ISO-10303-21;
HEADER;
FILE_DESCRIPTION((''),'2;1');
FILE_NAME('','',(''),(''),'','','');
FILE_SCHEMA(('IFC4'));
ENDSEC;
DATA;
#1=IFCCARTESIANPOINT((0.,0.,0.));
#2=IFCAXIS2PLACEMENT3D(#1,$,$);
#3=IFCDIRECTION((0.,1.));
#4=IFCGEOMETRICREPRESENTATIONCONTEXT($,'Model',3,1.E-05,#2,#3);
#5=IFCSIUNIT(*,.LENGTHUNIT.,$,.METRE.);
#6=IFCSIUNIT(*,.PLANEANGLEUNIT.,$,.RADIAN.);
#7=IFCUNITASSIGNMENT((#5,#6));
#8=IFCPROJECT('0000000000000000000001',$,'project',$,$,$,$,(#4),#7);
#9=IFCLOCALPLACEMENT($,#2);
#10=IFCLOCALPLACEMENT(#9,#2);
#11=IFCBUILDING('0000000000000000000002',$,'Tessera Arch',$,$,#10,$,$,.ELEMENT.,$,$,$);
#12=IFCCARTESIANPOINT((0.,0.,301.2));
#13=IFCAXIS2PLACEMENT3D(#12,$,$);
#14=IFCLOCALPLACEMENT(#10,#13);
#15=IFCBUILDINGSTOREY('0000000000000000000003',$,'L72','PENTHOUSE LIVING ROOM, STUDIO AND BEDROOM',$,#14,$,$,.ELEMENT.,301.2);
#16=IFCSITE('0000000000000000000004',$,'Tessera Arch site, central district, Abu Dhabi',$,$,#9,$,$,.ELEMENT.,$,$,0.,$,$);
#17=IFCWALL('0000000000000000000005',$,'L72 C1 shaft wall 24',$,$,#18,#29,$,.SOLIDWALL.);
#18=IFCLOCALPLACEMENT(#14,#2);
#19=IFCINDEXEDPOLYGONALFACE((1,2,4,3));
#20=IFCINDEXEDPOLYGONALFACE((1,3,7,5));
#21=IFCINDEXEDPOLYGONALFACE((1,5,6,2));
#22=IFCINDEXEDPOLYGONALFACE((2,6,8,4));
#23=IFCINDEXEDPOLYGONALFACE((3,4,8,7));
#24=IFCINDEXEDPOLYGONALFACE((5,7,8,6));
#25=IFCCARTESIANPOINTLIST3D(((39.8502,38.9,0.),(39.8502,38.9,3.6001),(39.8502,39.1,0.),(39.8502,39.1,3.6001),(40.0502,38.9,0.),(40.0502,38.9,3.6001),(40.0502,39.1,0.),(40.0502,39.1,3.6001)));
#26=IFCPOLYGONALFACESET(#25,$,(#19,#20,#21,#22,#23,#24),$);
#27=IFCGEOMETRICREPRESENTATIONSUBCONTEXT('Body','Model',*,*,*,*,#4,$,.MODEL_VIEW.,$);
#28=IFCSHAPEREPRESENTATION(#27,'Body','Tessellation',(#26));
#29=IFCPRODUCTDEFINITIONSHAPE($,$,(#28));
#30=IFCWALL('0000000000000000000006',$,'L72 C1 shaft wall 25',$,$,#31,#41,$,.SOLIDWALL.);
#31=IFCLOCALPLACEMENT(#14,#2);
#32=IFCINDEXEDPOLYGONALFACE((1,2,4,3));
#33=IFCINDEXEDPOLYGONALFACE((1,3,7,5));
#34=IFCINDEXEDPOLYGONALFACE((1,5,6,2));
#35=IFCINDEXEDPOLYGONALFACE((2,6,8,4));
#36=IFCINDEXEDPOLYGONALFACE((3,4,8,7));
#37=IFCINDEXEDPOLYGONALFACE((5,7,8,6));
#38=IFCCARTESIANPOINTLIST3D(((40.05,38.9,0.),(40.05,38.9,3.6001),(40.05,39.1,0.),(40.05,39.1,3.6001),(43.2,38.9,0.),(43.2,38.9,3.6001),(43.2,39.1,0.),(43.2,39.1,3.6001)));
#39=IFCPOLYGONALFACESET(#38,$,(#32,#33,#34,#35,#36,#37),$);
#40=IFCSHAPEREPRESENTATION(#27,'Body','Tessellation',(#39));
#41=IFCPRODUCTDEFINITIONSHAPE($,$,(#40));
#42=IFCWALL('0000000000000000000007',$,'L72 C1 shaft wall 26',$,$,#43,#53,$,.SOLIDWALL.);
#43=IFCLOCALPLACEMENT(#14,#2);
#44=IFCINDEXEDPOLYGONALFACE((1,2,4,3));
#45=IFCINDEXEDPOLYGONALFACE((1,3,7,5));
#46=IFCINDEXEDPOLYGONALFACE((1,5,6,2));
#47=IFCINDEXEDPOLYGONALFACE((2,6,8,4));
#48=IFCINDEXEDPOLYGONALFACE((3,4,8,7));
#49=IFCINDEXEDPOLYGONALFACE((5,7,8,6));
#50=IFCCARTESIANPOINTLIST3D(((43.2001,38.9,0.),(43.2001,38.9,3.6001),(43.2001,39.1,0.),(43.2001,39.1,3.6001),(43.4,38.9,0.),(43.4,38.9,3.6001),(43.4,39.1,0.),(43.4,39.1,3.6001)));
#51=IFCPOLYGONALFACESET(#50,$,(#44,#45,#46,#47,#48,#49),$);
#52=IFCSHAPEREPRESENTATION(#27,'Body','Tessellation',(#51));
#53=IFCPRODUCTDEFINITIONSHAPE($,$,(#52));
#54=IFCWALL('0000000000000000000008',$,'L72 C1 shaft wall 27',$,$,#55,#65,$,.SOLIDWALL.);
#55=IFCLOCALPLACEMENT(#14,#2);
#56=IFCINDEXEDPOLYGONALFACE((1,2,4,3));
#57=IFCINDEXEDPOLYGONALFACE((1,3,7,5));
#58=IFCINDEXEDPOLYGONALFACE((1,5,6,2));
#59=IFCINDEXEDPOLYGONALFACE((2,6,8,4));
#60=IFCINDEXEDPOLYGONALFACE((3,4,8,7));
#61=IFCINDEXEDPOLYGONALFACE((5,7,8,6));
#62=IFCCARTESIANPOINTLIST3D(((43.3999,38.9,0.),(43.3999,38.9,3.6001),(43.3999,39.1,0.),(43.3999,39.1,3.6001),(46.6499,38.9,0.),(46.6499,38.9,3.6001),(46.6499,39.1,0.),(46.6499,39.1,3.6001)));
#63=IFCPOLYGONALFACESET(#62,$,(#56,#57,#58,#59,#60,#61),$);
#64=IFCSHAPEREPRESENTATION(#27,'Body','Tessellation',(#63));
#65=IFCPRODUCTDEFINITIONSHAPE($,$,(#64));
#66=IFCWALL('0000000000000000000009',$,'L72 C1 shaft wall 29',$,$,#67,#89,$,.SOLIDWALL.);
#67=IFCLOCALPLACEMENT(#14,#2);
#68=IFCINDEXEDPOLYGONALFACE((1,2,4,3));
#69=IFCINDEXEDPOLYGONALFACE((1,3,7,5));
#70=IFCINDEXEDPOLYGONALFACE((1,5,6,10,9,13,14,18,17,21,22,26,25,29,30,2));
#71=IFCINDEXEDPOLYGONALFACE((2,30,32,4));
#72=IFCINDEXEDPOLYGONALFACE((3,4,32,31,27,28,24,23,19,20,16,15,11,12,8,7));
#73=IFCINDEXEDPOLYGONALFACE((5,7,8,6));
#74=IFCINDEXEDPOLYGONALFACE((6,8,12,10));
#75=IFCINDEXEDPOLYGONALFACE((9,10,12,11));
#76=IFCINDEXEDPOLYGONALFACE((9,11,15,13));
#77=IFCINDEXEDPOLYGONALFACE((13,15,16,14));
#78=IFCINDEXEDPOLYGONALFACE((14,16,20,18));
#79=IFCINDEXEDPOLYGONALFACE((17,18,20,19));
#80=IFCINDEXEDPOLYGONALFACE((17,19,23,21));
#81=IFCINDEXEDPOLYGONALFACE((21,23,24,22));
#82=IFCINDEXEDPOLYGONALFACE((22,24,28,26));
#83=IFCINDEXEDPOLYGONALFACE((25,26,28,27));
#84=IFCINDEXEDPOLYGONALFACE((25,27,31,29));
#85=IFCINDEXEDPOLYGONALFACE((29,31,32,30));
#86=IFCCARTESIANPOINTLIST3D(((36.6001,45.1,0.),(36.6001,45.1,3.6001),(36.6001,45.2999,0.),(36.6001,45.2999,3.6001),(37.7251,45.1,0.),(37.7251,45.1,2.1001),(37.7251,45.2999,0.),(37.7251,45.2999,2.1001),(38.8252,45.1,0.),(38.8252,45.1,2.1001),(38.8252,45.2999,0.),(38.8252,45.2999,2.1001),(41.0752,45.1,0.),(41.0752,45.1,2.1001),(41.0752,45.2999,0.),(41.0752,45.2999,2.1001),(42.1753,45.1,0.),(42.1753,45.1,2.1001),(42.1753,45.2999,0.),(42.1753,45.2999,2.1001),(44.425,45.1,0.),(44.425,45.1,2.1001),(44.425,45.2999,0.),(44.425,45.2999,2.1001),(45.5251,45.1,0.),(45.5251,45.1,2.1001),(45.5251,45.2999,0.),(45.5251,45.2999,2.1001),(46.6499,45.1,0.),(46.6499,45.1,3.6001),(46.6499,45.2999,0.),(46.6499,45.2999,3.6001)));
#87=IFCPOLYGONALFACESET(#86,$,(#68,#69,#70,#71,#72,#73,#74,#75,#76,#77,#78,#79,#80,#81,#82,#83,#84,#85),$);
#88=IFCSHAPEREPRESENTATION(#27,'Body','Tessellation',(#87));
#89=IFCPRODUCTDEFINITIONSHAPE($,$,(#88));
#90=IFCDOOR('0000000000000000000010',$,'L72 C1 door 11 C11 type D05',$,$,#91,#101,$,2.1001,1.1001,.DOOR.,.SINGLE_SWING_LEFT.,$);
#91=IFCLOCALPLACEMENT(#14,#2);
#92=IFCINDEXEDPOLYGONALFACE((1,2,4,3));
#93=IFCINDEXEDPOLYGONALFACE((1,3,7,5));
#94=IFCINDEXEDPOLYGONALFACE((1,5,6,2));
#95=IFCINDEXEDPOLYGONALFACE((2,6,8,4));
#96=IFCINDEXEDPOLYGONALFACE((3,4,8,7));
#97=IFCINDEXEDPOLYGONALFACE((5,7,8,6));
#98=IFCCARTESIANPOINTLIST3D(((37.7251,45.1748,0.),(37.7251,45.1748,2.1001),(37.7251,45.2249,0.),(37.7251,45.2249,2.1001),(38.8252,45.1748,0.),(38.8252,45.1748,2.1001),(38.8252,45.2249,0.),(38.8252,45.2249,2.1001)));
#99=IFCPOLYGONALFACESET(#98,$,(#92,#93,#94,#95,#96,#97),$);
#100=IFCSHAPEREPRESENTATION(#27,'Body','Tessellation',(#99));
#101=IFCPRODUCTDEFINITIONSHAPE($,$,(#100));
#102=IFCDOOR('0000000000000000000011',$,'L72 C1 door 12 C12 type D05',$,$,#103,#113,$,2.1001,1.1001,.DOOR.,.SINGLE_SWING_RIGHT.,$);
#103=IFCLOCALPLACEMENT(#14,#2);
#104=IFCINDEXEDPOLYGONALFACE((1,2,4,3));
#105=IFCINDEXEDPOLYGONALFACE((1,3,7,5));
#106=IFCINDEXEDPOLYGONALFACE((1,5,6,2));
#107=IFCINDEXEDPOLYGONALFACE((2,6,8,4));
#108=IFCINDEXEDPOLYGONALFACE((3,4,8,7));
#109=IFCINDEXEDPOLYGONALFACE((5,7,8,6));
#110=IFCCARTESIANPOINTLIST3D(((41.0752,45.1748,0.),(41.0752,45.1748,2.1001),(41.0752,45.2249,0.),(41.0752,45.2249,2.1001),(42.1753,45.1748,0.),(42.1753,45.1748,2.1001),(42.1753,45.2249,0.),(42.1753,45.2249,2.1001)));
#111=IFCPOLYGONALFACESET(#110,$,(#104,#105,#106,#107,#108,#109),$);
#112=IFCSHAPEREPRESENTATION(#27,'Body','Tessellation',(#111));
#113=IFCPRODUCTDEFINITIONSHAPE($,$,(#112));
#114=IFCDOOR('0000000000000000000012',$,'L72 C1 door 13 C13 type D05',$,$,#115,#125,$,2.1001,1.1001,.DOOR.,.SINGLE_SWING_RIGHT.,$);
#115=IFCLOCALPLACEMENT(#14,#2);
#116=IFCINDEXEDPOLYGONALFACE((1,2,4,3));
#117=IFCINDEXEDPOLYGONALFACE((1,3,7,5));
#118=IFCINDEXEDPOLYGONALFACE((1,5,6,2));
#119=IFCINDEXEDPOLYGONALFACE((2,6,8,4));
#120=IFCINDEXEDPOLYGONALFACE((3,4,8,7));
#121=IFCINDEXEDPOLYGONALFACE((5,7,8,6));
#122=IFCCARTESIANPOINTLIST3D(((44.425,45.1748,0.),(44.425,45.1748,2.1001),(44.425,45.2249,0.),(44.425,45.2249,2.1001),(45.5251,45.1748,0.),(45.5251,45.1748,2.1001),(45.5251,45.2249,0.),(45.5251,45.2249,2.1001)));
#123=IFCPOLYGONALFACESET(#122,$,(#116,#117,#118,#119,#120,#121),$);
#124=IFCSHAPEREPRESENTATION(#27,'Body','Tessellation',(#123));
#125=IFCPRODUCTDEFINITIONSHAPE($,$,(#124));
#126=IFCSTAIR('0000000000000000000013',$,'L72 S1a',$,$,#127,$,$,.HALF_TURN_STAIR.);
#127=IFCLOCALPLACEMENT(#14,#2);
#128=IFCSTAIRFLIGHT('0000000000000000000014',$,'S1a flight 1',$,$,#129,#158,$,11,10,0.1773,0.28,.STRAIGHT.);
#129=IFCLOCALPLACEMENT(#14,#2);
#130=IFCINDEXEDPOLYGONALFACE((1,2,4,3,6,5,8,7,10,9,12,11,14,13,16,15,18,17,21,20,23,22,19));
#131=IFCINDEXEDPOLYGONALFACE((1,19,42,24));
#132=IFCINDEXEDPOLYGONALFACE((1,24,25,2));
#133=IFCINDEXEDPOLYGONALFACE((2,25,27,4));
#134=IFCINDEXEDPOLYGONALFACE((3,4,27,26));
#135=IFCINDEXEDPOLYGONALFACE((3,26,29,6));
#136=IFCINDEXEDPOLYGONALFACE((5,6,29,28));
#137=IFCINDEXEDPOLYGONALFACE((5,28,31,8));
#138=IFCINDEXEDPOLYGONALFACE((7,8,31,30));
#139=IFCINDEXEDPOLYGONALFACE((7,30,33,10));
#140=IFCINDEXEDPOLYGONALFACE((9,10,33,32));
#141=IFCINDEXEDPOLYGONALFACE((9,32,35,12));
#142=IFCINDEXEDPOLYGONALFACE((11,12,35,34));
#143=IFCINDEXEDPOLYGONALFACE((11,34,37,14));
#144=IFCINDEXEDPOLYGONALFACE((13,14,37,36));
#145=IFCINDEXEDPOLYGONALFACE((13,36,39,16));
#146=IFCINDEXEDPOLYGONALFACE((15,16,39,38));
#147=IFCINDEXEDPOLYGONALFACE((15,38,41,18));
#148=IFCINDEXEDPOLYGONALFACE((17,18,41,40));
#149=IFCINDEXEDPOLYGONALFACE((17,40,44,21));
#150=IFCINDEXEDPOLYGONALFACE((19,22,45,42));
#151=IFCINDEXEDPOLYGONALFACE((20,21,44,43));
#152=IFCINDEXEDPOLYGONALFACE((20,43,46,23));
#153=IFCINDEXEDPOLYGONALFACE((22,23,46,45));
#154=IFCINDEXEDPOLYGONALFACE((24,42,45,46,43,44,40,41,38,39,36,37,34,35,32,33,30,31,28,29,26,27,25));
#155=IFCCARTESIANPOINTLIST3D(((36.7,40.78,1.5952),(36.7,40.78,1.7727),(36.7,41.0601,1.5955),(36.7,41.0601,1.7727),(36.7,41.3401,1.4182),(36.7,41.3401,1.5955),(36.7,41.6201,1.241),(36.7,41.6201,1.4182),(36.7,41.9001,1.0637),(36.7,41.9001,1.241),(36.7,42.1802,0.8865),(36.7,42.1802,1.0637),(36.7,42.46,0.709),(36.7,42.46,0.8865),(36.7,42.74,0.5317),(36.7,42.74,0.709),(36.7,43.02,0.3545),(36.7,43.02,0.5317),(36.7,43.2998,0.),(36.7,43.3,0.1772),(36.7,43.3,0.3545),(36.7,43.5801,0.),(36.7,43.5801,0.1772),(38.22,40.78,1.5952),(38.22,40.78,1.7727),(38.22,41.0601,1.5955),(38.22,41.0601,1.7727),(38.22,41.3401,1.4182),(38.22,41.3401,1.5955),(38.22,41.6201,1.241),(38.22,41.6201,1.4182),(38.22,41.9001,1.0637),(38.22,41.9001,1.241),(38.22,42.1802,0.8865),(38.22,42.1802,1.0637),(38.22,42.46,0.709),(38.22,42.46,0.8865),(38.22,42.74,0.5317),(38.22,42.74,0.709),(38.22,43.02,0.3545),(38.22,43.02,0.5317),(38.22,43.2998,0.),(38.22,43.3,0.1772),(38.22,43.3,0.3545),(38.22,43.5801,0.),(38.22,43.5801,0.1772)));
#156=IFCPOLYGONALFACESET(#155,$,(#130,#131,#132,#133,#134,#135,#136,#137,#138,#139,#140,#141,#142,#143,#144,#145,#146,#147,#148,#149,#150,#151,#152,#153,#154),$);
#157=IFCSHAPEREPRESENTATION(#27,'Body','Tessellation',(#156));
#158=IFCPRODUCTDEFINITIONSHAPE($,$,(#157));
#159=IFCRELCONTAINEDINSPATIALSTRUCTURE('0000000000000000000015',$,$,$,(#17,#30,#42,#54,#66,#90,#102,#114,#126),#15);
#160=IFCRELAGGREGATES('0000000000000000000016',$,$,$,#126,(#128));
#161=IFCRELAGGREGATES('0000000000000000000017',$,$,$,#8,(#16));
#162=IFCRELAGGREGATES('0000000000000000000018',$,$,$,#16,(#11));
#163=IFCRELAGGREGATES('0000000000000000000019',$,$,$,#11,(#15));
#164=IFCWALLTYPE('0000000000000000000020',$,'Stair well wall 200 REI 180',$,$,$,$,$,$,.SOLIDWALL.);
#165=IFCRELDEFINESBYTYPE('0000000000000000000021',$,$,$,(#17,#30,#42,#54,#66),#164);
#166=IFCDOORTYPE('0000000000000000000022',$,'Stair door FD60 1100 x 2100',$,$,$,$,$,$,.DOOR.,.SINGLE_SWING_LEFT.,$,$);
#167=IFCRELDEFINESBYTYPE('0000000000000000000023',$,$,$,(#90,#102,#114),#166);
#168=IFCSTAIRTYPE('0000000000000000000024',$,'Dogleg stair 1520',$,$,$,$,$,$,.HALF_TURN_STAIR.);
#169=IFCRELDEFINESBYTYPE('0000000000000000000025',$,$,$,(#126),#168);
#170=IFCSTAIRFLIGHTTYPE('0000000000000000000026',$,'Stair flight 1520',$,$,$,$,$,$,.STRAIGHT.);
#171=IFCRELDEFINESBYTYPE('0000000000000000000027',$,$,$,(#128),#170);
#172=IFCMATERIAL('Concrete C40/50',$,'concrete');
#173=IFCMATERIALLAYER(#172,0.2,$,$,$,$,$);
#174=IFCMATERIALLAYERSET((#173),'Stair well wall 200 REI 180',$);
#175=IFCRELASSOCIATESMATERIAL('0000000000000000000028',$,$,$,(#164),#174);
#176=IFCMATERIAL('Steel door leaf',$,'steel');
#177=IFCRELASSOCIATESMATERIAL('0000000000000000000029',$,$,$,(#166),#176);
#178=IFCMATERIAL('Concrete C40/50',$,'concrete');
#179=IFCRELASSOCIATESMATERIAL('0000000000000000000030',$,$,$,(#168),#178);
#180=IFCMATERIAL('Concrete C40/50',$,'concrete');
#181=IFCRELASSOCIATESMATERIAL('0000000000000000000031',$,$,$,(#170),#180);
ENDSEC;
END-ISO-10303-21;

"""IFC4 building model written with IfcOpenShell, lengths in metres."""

from ifc_helpers import new_model, si_unit, direction, frame, frame_2d, origin, place, context, subcontext, project, spatial, polyline, rectangle, outline, extrude, material, layer, layer_set, type_object, element, fill, aggregate, save


model = new_model("IFC4")

# Units and contexts
model_context = context("Model", 3, precision=1e-05, world=origin(), true_north=direction((0.0, 1.0)))
body_context = subcontext(model_context, "Body", "Model", "MODEL_VIEW")
ifc_project = project(units=[si_unit("LENGTHUNIT", "METRE"), si_unit("PLANEANGLEUNIT", "RADIAN")], contexts=[model_context])

# Site, building, storey
site_placement = place(None, origin())
site = spatial("IfcSite", under=ifc_project, at=site_placement, Name="Tessera Arch site, central district, Abu Dhabi", CompositionType="ELEMENT", RefElevation=0.0)
building_placement = place(site_placement, origin())
building = spatial("IfcBuilding", under=site, at=building_placement, Name="Tessera Arch", CompositionType="ELEMENT")
storey_placement = place(building_placement, frame((0.0, 0.0, 301.2)))
storey = spatial("IfcBuildingStorey", under=building, at=storey_placement, Name="L72", Description="PENTHOUSE LIVING ROOM, STUDIO AND BEDROOM", CompositionType="ELEMENT", Elevation=301.2)

# Walls
ifc_material_1 = material(Name="Concrete C40/50", Category="concrete")
ifc_layer_1 = layer(ifc_material_1, 0.2)
ifc_layer_set_1 = layer_set([ifc_layer_1], Name="Stair well wall 200 REI 180")
wall_type_1 = type_object("IfcWallType", Name="Stair well wall 200 REI 180", PredefinedType="SOLIDWALL", material=ifc_layer_set_1)
wall_1_placement = place(storey_placement, frame((39.8501, 39.0, 0.0), z_axis=(0.0, 0.0, 1.0), x_axis=(1.0, 0.0, 0.0)))
element("IfcWall", 1, at=wall_1_placement, inside=storey, type_object=wall_type_1, Name="L72 C1 shaft wall 24", PredefinedType="SOLIDWALL", context=body_context, shape_type="SweptSolid", body=[
    extrude(rectangle(XDim=0.2, YDim=0.2, at=frame_2d((0.1001, 0.0))), origin(), (0.0, 0.0, 1.0), 3.6001),
])
wall_2_placement = place(storey_placement, frame((40.05, 39.0, 0.0), z_axis=(0.0, 0.0, 1.0), x_axis=(1.0, 0.0, 0.0)))
element("IfcWall", 2, at=wall_2_placement, inside=storey, type_object=wall_type_1, Name="L72 C1 shaft wall 25", PredefinedType="SOLIDWALL", context=body_context, shape_type="SweptSolid", body=[
    extrude(rectangle(XDim=3.1499, YDim=0.2, at=frame_2d((1.575, 0.0))), origin(), (0.0, 0.0, 1.0), 3.6001),
])
wall_3_placement = place(storey_placement, frame((43.2, 39.0, 0.0), z_axis=(0.0, 0.0, 1.0), x_axis=(1.0, 0.0, 0.0)))
element("IfcWall", 3, at=wall_3_placement, inside=storey, type_object=wall_type_1, Name="L72 C1 shaft wall 26", PredefinedType="SOLIDWALL", context=body_context, shape_type="SweptSolid", body=[
    extrude(rectangle(XDim=0.2, YDim=0.2, at=frame_2d((0.1001, 0.0))), origin(), (0.0, 0.0, 1.0), 3.6001),
])
wall_4_placement = place(storey_placement, frame((43.3999, 39.0, 0.0), z_axis=(0.0, 0.0, 1.0), x_axis=(1.0, 0.0, 0.0)))
element("IfcWall", 4, at=wall_4_placement, inside=storey, type_object=wall_type_1, Name="L72 C1 shaft wall 27", PredefinedType="SOLIDWALL", context=body_context, shape_type="SweptSolid", body=[
    extrude(rectangle(XDim=3.25, YDim=0.2, at=frame_2d((1.625, 0.0))), origin(), (0.0, 0.0, 1.0), 3.6001),
])

# Wall, openings, doors
wall_5_placement = place(storey_placement, frame((36.6001, 45.2, 0.0), z_axis=(0.0, 0.0, 1.0), x_axis=(1.0, 0.0, 0.0)))
wall_5 = element("IfcWall", 5, at=wall_5_placement, inside=storey, type_object=wall_type_1, Name="L72 C1 shaft wall 29", PredefinedType="SOLIDWALL", context=body_context, shape_type="SweptSolid", body=[
    extrude(rectangle(XDim=10.0498, YDim=0.2, at=frame_2d((5.0249, 0.0))), origin(), (0.0, 0.0, 1.0), 3.6001),
])
opening_1_placement = place(wall_5_placement, frame((1.125, 0.0, 0.0)))
opening_1 = element("IfcOpeningElement", 6, at=opening_1_placement, cuts=wall_5, PredefinedType="OPENING", context=body_context, shape_type="SweptSolid", body=[
    extrude(rectangle(XDim=1.1001, YDim=2.1001, at=frame_2d((0.55, 1.05))), frame((0.0, 0.1099, 0.0), z_axis=(0.0, -1.0, 0.0), x_axis=(1.0, 0.0, 0.0)), (0.0, 0.0, 1.0), 0.22),
])
opening_2_placement = place(wall_5_placement, frame((4.4751, 0.0, 0.0)))
opening_2 = element("IfcOpeningElement", 7, at=opening_2_placement, cuts=wall_5, PredefinedType="OPENING", context=body_context, shape_type="SweptSolid", body=[
    extrude(rectangle(XDim=1.1001, YDim=2.1001, at=frame_2d((0.55, 1.05))), frame((0.0, 0.1099, 0.0), z_axis=(0.0, -1.0, 0.0), x_axis=(1.0, 0.0, 0.0)), (0.0, 0.0, 1.0), 0.22),
])
opening_3_placement = place(wall_5_placement, frame((7.825, 0.0, 0.0)))
opening_3 = element("IfcOpeningElement", 8, at=opening_3_placement, cuts=wall_5, PredefinedType="OPENING", context=body_context, shape_type="SweptSolid", body=[
    extrude(rectangle(XDim=1.1001, YDim=2.1001, at=frame_2d((0.55, 1.05))), frame((0.0, 0.1099, 0.0), z_axis=(0.0, -1.0, 0.0), x_axis=(1.0, 0.0, 0.0)), (0.0, 0.0, 1.0), 0.22),
])
ifc_material_2 = material(Name="Steel door leaf", Category="steel")
door_type_1 = type_object("IfcDoorType", Name="Stair door FD60 1100 x 2100", OperationType="SINGLE_SWING_LEFT", PredefinedType="DOOR", material=ifc_material_2)
door_1_placement = place(opening_1_placement, origin())
door_1 = element("IfcDoor", 9, at=door_1_placement, inside=storey, type_object=door_type_1, Name="L72 C1 door 11 C11 type D05", OperationType="SINGLE_SWING_LEFT", OverallHeight=2.1001, OverallWidth=1.1001, PredefinedType="DOOR", context=body_context, shape_type="SweptSolid", body=[
    extrude(rectangle(XDim=1.1001, YDim=2.1001, at=frame_2d((0.55, 1.05))), frame((0.0, 0.0249, 0.0), z_axis=(0.0, -1.0, 0.0), x_axis=(1.0, 0.0, 0.0)), (0.0, 0.0, 1.0), 0.05),
])
fill(opening_1, door_1)
door_2_placement = place(opening_2_placement, origin())
door_2 = element("IfcDoor", 10, at=door_2_placement, inside=storey, type_object=door_type_1, Name="L72 C1 door 12 C12 type D05", OperationType="SINGLE_SWING_RIGHT", OverallHeight=2.1001, OverallWidth=1.1001, PredefinedType="DOOR", context=body_context, shape_type="SweptSolid", body=[
    extrude(rectangle(XDim=1.1001, YDim=2.1001, at=frame_2d((0.55, 1.05))), frame((0.0, 0.0249, 0.0), z_axis=(0.0, -1.0, 0.0), x_axis=(1.0, 0.0, 0.0)), (0.0, 0.0, 1.0), 0.05),
])
fill(opening_2, door_2)
door_3_placement = place(opening_3_placement, origin())
door_3 = element("IfcDoor", 11, at=door_3_placement, inside=storey, type_object=door_type_1, Name="L72 C1 door 13 C13 type D05", OperationType="SINGLE_SWING_RIGHT", OverallHeight=2.1001, OverallWidth=1.1001, PredefinedType="DOOR", context=body_context, shape_type="SweptSolid", body=[
    extrude(rectangle(XDim=1.1001, YDim=2.1001, at=frame_2d((0.55, 1.05))), frame((0.0, 0.0249, 0.0), z_axis=(0.0, -1.0, 0.0), x_axis=(1.0, 0.0, 0.0)), (0.0, 0.0, 1.0), 0.05),
])
fill(opening_3, door_3)

# Stair, stair flight
ifc_material_3 = material(Name="Concrete C40/50", Category="concrete")
stair_type = type_object("IfcStairType", Name="Dogleg stair 1520", PredefinedType="HALF_TURN_STAIR", material=ifc_material_3)
stair_1_placement = place(storey_placement, origin())
stair_1 = element("IfcStair", 12, at=stair_1_placement, inside=storey, type_object=stair_type, Name="L72 S1a", PredefinedType="HALF_TURN_STAIR")
ifc_material_4 = material(Name="Concrete C40/50", Category="concrete")
stair_flight_type = type_object("IfcStairFlightType", Name="Stair flight 1520", PredefinedType="STRAIGHT", material=ifc_material_4)
stair_flight_1_placement = place(storey_placement, frame((37.46, 43.5801, 0.0), z_axis=(0.0, 0.0, 1.0), x_axis=(0.0, -1.0, 0.0)))
stair_flight_1 = element("IfcStairFlight", 13, at=stair_flight_1_placement, type_object=stair_flight_type, Name="S1a flight 1", NumberOfRisers=11, NumberOfTreads=10, PredefinedType="STRAIGHT", RiserHeight=0.1773, TreadLength=0.28, context=body_context, shape_type="SweptSolid", body=[
    extrude(outline(polyline([(0.0, 0.0), (0.0, 0.1772), (0.28, 0.1772), (0.28, 0.3545), (0.5601, 0.3545), (0.5601, 0.5317), (0.8401, 0.5317), (0.8401, 0.709), (1.1201, 0.709), (1.1201, 0.8865), (1.3999, 0.8865), (1.3999, 1.0637), (1.6799, 1.0637), (1.6799, 1.241), (1.96, 1.241), (1.96, 1.4182), (2.24, 1.4182), (2.24, 1.5955), (2.52, 1.5955), (2.52, 1.7727), (2.8, 1.7727), (2.8, 1.95), (2.8, 1.5952), (0.2803, 0.0), (0.0, 0.0)])), frame((0.0, 0.76, 0.0), z_axis=(0.0, -1.0, 0.0), x_axis=(1.0, 0.0, 0.0)), (0.0, 0.0, 1.0), 1.52),
])
aggregate(stair_1, [stair_flight_1])

save(model, "model.ifc")
